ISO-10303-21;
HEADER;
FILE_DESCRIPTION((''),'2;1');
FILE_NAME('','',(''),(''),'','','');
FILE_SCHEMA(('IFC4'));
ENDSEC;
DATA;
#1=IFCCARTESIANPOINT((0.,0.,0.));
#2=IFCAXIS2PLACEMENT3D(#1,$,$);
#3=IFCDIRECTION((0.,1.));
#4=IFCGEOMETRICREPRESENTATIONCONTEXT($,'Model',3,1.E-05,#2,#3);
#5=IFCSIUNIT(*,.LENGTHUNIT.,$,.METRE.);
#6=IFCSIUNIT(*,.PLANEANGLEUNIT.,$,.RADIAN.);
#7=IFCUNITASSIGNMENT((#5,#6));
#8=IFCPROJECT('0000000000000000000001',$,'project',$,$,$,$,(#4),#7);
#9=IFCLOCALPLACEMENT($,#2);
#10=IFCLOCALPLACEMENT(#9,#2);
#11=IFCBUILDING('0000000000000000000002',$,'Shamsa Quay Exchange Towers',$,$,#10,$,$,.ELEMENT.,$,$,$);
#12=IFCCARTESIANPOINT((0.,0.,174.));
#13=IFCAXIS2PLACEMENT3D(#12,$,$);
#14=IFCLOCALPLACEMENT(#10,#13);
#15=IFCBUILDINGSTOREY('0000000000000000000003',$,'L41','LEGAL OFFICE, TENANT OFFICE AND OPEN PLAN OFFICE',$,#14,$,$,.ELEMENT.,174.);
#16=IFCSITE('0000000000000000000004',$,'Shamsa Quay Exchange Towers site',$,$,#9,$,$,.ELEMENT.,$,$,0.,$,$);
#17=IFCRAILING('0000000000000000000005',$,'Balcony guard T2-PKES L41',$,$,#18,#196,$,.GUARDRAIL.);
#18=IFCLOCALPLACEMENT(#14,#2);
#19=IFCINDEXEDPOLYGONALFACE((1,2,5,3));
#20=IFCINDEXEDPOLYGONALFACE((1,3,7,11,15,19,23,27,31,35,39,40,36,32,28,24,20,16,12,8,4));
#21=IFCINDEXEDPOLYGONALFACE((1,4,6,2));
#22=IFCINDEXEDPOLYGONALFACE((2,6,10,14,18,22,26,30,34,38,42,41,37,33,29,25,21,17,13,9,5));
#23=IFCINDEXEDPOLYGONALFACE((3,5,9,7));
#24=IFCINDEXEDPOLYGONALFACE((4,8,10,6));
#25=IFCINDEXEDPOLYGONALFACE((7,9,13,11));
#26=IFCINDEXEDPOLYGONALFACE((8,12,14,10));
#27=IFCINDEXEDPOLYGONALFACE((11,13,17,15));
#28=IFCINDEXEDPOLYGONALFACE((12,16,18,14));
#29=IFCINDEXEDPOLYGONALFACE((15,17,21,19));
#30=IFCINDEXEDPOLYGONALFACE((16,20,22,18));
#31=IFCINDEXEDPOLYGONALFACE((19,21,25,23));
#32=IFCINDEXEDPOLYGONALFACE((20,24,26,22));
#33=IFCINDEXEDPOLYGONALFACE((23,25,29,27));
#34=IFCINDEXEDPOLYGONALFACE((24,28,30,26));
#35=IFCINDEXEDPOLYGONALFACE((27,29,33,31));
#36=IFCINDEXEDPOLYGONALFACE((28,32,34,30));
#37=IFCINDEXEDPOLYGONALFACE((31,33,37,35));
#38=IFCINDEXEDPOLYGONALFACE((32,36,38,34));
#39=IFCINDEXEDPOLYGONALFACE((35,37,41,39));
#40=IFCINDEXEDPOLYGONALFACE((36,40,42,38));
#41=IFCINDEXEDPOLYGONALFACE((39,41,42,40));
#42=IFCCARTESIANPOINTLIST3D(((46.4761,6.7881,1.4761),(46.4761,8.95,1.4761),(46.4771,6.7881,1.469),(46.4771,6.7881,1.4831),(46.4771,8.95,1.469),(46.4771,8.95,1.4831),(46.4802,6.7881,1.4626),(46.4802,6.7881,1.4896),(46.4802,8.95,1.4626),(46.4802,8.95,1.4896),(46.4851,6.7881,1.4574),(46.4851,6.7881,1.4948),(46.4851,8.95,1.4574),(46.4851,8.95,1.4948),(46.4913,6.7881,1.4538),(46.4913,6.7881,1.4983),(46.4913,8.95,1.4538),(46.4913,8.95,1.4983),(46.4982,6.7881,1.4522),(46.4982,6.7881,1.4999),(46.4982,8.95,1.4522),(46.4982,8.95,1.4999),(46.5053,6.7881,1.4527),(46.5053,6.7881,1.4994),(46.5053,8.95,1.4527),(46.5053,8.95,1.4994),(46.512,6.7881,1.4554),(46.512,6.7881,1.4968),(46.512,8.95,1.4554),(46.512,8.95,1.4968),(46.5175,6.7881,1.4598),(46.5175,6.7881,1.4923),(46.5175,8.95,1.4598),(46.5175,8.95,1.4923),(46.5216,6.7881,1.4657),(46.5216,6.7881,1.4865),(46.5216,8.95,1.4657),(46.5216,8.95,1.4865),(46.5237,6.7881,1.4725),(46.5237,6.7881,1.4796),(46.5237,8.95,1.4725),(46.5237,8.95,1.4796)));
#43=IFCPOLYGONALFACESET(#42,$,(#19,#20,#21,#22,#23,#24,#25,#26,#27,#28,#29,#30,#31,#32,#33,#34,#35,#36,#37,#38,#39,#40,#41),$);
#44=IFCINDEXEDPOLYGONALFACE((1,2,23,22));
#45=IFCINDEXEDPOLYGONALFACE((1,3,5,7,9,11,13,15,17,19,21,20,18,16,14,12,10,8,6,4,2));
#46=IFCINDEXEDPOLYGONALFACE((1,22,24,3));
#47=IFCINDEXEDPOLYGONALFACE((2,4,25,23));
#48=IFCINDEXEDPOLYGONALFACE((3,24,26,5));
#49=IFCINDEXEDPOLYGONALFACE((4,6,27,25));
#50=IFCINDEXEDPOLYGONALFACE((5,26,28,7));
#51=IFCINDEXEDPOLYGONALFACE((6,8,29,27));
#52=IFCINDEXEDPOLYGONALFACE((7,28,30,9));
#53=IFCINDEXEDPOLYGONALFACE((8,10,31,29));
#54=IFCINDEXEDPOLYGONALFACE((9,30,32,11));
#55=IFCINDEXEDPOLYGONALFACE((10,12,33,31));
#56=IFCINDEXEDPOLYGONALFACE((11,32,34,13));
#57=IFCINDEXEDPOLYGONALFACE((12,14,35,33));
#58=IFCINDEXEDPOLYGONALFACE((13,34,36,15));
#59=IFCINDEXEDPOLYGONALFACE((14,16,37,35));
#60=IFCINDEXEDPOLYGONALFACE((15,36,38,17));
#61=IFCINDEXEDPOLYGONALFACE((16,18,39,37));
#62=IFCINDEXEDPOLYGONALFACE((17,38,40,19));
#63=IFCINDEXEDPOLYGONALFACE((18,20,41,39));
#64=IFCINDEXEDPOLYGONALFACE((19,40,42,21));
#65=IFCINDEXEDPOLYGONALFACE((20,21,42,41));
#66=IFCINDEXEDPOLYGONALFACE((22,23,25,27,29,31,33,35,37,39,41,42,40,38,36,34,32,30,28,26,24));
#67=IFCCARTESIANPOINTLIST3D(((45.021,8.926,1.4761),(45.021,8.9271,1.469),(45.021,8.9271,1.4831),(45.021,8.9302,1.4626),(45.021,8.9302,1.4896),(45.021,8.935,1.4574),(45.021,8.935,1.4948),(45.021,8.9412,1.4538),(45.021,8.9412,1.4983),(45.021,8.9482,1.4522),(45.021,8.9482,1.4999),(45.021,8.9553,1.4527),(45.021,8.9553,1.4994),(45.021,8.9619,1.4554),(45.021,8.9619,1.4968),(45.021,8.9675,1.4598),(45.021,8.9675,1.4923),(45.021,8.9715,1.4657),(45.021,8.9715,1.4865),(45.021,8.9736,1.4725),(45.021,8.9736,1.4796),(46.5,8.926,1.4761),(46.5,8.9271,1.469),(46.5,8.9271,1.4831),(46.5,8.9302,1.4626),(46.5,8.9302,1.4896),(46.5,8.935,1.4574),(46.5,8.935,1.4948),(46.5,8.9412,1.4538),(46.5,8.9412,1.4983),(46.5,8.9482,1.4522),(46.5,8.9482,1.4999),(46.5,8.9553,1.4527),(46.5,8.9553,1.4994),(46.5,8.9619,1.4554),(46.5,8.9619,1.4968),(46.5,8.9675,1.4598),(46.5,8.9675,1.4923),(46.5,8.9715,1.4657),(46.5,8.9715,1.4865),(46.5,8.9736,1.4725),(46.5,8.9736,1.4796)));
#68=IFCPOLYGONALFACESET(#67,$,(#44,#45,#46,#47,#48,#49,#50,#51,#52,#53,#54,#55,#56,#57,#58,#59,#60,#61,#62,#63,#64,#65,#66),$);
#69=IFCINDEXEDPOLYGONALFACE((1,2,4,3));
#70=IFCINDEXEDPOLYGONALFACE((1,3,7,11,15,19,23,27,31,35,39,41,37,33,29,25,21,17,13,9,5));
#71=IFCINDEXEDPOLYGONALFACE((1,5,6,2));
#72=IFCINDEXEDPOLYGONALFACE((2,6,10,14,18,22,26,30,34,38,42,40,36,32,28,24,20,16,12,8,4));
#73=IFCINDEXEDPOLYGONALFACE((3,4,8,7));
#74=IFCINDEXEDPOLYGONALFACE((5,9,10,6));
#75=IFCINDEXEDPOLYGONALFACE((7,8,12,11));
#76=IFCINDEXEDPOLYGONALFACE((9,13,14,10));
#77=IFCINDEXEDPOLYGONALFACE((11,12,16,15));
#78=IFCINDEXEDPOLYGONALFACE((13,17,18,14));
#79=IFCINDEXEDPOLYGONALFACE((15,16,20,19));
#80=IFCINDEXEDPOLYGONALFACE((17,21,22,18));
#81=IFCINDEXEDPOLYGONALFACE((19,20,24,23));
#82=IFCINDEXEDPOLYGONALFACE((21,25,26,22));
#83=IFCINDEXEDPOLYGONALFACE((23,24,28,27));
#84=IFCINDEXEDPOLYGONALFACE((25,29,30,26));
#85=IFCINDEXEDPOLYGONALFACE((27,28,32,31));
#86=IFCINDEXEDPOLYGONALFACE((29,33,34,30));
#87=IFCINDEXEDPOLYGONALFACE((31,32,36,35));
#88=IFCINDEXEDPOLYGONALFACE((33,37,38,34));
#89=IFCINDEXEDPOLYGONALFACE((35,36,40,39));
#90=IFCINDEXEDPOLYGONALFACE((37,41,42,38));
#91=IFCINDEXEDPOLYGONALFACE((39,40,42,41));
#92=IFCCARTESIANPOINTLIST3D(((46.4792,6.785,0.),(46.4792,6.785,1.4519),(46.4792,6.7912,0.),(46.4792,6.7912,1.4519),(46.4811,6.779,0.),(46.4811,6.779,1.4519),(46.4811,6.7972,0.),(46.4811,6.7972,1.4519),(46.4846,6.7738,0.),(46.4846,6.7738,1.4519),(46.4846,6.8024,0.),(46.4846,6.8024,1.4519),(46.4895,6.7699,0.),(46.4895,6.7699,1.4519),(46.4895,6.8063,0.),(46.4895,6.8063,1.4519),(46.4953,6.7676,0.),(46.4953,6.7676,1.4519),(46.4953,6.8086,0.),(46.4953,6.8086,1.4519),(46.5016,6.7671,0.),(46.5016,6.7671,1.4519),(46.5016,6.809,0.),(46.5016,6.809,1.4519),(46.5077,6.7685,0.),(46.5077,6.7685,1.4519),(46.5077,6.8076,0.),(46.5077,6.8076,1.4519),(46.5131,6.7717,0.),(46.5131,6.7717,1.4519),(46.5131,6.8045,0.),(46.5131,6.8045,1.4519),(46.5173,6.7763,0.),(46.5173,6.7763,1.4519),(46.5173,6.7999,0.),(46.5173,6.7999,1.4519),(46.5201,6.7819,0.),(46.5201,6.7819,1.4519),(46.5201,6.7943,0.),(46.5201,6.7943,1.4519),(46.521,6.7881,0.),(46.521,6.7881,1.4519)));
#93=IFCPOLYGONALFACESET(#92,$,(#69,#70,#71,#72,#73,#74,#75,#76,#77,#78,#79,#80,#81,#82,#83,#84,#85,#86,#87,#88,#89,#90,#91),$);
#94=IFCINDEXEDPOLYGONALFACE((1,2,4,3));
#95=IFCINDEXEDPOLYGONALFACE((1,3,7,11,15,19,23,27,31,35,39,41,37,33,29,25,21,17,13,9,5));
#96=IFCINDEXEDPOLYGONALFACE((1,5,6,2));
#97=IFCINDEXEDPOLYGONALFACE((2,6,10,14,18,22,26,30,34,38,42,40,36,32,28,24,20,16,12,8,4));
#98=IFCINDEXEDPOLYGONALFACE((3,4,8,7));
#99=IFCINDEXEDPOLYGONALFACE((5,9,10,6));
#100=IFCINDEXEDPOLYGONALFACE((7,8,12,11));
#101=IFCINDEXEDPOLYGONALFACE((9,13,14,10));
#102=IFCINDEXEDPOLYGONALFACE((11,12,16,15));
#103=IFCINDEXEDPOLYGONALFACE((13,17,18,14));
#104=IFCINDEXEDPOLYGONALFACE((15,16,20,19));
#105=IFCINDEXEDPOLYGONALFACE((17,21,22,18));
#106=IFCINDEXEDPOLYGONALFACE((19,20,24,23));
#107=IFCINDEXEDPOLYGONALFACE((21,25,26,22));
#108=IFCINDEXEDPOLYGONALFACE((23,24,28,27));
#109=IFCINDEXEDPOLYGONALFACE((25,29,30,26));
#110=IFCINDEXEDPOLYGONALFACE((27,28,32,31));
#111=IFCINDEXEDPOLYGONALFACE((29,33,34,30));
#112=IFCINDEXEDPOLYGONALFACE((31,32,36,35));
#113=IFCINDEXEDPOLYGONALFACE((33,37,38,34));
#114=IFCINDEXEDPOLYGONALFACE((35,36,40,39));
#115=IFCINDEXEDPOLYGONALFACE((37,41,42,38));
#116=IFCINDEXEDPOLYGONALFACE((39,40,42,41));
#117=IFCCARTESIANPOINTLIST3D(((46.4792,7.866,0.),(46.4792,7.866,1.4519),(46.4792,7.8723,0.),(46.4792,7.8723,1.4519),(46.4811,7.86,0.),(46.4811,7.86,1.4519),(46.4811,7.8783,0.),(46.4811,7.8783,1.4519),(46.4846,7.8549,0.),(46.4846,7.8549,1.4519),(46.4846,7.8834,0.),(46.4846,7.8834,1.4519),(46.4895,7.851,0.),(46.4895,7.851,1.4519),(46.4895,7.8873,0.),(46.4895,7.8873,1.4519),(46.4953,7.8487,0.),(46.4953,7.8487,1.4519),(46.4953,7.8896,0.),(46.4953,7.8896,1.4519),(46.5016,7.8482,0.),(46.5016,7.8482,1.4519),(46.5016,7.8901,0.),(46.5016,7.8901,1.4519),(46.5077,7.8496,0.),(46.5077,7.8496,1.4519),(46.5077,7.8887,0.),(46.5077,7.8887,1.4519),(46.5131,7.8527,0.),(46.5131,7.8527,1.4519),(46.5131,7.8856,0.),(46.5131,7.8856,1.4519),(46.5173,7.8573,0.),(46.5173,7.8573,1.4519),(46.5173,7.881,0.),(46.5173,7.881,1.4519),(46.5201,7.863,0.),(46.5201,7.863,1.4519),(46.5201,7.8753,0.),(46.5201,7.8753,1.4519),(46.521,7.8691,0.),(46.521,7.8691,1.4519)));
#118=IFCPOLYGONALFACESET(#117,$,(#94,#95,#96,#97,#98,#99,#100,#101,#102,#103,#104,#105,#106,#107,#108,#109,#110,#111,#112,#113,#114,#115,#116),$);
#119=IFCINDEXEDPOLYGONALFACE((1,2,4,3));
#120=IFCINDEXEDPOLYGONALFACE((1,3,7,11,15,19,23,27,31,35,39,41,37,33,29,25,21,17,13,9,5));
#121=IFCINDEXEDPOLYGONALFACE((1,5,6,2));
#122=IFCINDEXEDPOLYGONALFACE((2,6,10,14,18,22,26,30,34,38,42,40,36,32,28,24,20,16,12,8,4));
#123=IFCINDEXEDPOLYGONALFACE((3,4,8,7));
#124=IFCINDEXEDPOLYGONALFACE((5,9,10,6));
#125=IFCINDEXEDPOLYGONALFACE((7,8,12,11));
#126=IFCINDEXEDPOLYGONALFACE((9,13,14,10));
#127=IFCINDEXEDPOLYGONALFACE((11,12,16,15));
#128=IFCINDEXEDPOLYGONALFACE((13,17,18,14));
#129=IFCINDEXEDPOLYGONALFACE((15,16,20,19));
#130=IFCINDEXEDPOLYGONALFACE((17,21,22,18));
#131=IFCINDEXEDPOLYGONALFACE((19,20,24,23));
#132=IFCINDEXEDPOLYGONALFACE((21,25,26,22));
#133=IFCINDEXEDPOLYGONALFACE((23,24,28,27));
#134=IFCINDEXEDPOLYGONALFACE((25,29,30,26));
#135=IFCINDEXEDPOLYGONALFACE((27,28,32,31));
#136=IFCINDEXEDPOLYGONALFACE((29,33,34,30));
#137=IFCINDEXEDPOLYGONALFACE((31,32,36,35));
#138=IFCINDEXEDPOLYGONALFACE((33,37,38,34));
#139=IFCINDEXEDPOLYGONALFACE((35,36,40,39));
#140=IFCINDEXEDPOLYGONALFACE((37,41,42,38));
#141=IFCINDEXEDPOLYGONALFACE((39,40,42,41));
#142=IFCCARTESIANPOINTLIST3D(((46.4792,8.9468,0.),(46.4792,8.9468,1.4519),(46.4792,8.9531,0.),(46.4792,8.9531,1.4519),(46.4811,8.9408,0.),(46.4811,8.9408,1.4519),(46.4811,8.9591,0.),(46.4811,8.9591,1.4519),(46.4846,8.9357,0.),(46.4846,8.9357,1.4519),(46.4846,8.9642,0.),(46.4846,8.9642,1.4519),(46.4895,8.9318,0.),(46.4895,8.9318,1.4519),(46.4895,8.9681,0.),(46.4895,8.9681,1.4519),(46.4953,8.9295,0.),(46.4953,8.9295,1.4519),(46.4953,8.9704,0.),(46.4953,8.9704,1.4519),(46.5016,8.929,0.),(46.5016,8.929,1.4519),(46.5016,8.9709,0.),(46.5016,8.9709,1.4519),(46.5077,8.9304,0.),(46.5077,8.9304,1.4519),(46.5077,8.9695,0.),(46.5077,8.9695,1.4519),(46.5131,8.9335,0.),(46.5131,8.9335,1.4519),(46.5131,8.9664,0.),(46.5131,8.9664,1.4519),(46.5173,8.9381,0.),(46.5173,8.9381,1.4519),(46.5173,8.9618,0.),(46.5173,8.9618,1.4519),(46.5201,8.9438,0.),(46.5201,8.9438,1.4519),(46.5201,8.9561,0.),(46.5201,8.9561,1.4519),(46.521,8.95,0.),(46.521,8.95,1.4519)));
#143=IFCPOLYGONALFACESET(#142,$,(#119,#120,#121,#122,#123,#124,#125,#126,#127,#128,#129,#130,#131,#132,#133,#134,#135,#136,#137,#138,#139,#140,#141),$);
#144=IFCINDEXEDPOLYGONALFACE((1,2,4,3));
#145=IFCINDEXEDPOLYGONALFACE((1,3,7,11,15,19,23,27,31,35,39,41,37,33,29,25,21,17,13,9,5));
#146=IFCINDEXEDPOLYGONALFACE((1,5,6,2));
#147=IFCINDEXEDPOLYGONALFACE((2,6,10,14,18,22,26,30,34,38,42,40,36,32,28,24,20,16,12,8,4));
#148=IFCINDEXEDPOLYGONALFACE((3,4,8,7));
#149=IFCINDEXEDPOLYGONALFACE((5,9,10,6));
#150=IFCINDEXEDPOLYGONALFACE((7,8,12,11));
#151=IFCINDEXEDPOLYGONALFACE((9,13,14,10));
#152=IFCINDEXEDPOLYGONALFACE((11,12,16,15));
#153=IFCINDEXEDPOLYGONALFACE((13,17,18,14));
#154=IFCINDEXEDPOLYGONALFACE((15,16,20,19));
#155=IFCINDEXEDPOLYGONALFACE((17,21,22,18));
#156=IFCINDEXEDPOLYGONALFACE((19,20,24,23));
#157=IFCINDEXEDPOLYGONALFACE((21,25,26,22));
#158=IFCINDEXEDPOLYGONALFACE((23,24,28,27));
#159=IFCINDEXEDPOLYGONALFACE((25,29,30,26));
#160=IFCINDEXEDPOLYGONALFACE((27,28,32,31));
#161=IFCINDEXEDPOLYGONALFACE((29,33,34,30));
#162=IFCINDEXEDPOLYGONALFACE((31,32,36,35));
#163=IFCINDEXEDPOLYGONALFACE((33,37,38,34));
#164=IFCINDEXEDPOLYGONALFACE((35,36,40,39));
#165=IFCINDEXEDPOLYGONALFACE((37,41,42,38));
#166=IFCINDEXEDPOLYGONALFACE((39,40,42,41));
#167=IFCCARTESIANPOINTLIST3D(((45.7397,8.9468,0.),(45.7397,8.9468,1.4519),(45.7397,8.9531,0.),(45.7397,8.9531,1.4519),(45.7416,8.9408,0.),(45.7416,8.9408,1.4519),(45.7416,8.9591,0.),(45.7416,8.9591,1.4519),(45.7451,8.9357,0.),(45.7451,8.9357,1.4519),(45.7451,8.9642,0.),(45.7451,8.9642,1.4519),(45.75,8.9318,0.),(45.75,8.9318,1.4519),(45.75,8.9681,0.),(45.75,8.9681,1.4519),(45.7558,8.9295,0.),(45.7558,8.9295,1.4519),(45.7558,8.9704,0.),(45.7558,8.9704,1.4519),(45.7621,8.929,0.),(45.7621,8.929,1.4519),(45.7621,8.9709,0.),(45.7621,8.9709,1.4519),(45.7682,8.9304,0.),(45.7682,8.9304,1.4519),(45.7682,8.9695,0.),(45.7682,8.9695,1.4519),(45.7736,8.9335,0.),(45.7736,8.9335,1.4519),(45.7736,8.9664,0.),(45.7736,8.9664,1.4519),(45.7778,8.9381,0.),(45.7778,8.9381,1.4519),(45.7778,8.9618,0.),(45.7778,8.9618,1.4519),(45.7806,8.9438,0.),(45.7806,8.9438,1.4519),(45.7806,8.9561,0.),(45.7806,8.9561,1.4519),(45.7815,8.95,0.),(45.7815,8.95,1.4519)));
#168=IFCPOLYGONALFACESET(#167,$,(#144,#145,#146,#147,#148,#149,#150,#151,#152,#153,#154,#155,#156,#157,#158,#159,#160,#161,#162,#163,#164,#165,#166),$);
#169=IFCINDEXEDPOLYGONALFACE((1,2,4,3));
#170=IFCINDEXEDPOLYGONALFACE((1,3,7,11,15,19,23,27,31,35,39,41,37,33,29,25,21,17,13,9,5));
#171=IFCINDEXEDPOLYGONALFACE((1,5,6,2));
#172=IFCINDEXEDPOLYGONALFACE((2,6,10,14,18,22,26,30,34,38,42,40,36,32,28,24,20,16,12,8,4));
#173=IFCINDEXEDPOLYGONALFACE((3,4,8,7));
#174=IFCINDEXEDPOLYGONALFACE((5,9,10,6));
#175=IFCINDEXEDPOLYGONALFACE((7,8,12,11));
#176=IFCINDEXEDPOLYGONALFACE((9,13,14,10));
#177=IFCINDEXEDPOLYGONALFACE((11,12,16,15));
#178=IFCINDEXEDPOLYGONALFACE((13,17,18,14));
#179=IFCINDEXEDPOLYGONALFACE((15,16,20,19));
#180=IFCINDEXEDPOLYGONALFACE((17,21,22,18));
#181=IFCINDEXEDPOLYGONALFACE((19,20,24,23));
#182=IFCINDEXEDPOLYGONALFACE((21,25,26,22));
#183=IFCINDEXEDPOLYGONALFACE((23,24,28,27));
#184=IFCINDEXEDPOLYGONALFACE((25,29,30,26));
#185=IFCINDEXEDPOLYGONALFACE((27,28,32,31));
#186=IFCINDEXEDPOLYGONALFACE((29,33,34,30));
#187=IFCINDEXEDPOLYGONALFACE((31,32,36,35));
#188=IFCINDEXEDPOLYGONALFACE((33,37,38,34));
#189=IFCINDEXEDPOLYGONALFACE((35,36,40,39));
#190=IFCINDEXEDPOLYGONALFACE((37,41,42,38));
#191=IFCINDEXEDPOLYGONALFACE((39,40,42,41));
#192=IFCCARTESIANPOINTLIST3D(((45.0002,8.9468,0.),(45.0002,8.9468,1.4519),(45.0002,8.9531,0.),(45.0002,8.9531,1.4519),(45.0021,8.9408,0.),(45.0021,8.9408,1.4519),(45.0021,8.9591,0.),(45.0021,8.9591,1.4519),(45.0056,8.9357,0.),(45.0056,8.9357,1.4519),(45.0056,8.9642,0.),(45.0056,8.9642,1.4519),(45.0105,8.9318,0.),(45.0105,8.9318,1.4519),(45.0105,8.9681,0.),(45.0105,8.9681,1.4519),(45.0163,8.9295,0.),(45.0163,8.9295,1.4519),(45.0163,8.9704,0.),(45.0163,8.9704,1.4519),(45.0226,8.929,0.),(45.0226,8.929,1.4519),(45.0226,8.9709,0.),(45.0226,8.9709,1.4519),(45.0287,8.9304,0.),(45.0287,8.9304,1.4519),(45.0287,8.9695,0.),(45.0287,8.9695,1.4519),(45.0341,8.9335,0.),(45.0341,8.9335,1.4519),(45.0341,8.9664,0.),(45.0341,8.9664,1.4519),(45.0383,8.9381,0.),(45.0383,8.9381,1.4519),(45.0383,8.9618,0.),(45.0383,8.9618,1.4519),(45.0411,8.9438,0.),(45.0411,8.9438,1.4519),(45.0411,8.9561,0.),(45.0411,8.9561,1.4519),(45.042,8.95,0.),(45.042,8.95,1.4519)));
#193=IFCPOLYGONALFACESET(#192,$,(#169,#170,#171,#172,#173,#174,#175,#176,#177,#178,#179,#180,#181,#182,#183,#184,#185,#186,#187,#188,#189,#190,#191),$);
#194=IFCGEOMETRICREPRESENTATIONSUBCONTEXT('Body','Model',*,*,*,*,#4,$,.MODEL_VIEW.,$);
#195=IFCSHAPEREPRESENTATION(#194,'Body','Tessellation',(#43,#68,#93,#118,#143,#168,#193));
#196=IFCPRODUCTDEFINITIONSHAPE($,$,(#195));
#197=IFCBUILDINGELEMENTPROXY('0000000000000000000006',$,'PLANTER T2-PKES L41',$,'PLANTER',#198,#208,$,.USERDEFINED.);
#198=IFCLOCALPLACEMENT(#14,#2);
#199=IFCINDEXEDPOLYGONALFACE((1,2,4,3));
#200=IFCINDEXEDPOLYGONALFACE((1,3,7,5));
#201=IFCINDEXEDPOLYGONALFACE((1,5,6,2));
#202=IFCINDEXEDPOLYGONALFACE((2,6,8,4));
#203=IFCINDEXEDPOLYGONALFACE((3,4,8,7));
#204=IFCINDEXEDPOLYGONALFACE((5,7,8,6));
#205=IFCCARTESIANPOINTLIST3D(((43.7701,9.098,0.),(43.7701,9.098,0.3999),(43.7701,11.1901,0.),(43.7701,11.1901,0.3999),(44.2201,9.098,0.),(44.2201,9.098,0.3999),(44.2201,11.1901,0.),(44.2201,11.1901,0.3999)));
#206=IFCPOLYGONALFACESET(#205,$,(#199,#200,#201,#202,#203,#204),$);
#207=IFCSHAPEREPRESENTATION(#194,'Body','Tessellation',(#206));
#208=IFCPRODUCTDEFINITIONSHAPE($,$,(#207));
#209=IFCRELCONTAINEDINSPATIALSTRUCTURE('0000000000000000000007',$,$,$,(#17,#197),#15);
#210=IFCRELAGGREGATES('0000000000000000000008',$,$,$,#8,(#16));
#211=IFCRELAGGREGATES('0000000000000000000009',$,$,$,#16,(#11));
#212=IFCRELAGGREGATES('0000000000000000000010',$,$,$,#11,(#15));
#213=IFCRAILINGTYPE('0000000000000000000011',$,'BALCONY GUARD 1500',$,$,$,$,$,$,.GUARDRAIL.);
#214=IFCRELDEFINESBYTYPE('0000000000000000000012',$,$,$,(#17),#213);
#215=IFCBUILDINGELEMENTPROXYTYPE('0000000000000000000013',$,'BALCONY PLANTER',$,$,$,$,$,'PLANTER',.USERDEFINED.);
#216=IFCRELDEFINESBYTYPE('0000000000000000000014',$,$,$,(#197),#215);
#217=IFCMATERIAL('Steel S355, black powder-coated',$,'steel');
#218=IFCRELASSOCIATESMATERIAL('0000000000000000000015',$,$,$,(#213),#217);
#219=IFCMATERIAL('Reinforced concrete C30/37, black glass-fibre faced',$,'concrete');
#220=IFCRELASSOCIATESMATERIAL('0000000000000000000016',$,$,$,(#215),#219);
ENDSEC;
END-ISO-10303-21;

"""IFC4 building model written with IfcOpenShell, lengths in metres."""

from ifc_helpers import new_model, si_unit, direction, frame, origin, origin_2d, place, context, subcontext, project, spatial, rectangle, circle, extrude, material, type_object, element, save


model = new_model("IFC4")

# Units and contexts
model_context = context("Model", 3, precision=1e-05, world=origin(), true_north=direction((0.0, 1.0)))
body_context = subcontext(model_context, "Body", "Model", "MODEL_VIEW")
ifc_project = project(units=[si_unit("LENGTHUNIT", "METRE"), si_unit("PLANEANGLEUNIT", "RADIAN")], contexts=[model_context])

# Site, building, storey
site_placement = place(None, origin())
site = spatial("IfcSite", under=ifc_project, at=site_placement, Name="Shamsa Quay Exchange Towers site", CompositionType="ELEMENT", RefElevation=0.0)
building_placement = place(site_placement, origin())
building = spatial("IfcBuilding", under=site, at=building_placement, Name="Shamsa Quay Exchange Towers", CompositionType="ELEMENT")
storey_placement = place(building_placement, frame((0.0, 0.0, 174.0)))
storey = spatial("IfcBuildingStorey", under=building, at=storey_placement, Name="L41", Description="LEGAL OFFICE, TENANT OFFICE AND OPEN PLAN OFFICE", CompositionType="ELEMENT", Elevation=174.0)

# Railing
ifc_material_1 = material(Name="Steel S355, black powder-coated", Category="steel")
railing_type_1 = type_object("IfcRailingType", Name="BALCONY GUARD 1500", PredefinedType="GUARDRAIL", material=ifc_material_1)
for number, where, name in (
    (1, (46.5, 6.7881, 0.0), "Balcony guard T2-PKES L41"),
):
    element("IfcRailing", number, at=place(storey_placement, frame(where)), inside=storey, type_object=railing_type_1, Name=name, PredefinedType="GUARDRAIL", context=body_context, shape_type="SweptSolid", body=[
        extrude(circle(Radius=0.0239, at=origin_2d()), frame((0.0, 0.0, 1.4761), z_axis=(0.0, 1.0, 0.0), x_axis=(-1.0, 0.0, 0.0)), (0.0, 0.0, 1.0), 2.1619),
        extrude(circle(Radius=0.0239, at=origin_2d()), frame((0.0, 2.1619, 1.4761), z_axis=(-1.0, 0.0, 0.0), x_axis=(0.0, -1.0, 0.0)), (0.0, 0.0, 1.0), 1.479),
        extrude(circle(Radius=0.021, at=origin_2d()), origin(), (0.0, 0.0, 1.0), 1.4519),
        extrude(circle(Radius=0.021, at=origin_2d()), frame((0.0, 1.0811, 0.0)), (0.0, 0.0, 1.0), 1.4519),
        extrude(circle(Radius=0.021, at=origin_2d()), frame((0.0, 2.1619, 0.0)), (0.0, 0.0, 1.0), 1.4519),
        extrude(circle(Radius=0.021, at=origin_2d()), frame((-0.7395, 2.1619, 0.0)), (0.0, 0.0, 1.0), 1.4519),
        extrude(circle(Radius=0.021, at=origin_2d()), frame((-1.479, 2.1619, 0.0)), (0.0, 0.0, 1.0), 1.4519),
    ])

# Building element proxy
ifc_material_2 = material(Name="Reinforced concrete C30/37, black glass-fibre faced", Category="concrete")
building_element_proxy_type = type_object("IfcBuildingElementProxyType", Name="BALCONY PLANTER", ElementType="PLANTER", PredefinedType="USERDEFINED", material=ifc_material_2)
for number, where, z_axis, x_axis, name in (
    (2, (43.9951, 10.144, 0.0), (0.0, 0.0, 1.0), (0.0, 1.0, 0.0), "PLANTER T2-PKES L41"),
):
    element("IfcBuildingElementProxy", number, at=place(storey_placement, frame(where, z_axis=z_axis, x_axis=x_axis)), inside=storey, type_object=building_element_proxy_type, Name=name, ObjectType="PLANTER", PredefinedType="USERDEFINED", context=body_context, shape_type="SweptSolid", body=[
        extrude(rectangle(XDim=2.092, YDim=0.45, at=origin_2d()), origin(), (0.0, 0.0, 1.0), 0.3999),
    ])

save(model, "model.ifc")
